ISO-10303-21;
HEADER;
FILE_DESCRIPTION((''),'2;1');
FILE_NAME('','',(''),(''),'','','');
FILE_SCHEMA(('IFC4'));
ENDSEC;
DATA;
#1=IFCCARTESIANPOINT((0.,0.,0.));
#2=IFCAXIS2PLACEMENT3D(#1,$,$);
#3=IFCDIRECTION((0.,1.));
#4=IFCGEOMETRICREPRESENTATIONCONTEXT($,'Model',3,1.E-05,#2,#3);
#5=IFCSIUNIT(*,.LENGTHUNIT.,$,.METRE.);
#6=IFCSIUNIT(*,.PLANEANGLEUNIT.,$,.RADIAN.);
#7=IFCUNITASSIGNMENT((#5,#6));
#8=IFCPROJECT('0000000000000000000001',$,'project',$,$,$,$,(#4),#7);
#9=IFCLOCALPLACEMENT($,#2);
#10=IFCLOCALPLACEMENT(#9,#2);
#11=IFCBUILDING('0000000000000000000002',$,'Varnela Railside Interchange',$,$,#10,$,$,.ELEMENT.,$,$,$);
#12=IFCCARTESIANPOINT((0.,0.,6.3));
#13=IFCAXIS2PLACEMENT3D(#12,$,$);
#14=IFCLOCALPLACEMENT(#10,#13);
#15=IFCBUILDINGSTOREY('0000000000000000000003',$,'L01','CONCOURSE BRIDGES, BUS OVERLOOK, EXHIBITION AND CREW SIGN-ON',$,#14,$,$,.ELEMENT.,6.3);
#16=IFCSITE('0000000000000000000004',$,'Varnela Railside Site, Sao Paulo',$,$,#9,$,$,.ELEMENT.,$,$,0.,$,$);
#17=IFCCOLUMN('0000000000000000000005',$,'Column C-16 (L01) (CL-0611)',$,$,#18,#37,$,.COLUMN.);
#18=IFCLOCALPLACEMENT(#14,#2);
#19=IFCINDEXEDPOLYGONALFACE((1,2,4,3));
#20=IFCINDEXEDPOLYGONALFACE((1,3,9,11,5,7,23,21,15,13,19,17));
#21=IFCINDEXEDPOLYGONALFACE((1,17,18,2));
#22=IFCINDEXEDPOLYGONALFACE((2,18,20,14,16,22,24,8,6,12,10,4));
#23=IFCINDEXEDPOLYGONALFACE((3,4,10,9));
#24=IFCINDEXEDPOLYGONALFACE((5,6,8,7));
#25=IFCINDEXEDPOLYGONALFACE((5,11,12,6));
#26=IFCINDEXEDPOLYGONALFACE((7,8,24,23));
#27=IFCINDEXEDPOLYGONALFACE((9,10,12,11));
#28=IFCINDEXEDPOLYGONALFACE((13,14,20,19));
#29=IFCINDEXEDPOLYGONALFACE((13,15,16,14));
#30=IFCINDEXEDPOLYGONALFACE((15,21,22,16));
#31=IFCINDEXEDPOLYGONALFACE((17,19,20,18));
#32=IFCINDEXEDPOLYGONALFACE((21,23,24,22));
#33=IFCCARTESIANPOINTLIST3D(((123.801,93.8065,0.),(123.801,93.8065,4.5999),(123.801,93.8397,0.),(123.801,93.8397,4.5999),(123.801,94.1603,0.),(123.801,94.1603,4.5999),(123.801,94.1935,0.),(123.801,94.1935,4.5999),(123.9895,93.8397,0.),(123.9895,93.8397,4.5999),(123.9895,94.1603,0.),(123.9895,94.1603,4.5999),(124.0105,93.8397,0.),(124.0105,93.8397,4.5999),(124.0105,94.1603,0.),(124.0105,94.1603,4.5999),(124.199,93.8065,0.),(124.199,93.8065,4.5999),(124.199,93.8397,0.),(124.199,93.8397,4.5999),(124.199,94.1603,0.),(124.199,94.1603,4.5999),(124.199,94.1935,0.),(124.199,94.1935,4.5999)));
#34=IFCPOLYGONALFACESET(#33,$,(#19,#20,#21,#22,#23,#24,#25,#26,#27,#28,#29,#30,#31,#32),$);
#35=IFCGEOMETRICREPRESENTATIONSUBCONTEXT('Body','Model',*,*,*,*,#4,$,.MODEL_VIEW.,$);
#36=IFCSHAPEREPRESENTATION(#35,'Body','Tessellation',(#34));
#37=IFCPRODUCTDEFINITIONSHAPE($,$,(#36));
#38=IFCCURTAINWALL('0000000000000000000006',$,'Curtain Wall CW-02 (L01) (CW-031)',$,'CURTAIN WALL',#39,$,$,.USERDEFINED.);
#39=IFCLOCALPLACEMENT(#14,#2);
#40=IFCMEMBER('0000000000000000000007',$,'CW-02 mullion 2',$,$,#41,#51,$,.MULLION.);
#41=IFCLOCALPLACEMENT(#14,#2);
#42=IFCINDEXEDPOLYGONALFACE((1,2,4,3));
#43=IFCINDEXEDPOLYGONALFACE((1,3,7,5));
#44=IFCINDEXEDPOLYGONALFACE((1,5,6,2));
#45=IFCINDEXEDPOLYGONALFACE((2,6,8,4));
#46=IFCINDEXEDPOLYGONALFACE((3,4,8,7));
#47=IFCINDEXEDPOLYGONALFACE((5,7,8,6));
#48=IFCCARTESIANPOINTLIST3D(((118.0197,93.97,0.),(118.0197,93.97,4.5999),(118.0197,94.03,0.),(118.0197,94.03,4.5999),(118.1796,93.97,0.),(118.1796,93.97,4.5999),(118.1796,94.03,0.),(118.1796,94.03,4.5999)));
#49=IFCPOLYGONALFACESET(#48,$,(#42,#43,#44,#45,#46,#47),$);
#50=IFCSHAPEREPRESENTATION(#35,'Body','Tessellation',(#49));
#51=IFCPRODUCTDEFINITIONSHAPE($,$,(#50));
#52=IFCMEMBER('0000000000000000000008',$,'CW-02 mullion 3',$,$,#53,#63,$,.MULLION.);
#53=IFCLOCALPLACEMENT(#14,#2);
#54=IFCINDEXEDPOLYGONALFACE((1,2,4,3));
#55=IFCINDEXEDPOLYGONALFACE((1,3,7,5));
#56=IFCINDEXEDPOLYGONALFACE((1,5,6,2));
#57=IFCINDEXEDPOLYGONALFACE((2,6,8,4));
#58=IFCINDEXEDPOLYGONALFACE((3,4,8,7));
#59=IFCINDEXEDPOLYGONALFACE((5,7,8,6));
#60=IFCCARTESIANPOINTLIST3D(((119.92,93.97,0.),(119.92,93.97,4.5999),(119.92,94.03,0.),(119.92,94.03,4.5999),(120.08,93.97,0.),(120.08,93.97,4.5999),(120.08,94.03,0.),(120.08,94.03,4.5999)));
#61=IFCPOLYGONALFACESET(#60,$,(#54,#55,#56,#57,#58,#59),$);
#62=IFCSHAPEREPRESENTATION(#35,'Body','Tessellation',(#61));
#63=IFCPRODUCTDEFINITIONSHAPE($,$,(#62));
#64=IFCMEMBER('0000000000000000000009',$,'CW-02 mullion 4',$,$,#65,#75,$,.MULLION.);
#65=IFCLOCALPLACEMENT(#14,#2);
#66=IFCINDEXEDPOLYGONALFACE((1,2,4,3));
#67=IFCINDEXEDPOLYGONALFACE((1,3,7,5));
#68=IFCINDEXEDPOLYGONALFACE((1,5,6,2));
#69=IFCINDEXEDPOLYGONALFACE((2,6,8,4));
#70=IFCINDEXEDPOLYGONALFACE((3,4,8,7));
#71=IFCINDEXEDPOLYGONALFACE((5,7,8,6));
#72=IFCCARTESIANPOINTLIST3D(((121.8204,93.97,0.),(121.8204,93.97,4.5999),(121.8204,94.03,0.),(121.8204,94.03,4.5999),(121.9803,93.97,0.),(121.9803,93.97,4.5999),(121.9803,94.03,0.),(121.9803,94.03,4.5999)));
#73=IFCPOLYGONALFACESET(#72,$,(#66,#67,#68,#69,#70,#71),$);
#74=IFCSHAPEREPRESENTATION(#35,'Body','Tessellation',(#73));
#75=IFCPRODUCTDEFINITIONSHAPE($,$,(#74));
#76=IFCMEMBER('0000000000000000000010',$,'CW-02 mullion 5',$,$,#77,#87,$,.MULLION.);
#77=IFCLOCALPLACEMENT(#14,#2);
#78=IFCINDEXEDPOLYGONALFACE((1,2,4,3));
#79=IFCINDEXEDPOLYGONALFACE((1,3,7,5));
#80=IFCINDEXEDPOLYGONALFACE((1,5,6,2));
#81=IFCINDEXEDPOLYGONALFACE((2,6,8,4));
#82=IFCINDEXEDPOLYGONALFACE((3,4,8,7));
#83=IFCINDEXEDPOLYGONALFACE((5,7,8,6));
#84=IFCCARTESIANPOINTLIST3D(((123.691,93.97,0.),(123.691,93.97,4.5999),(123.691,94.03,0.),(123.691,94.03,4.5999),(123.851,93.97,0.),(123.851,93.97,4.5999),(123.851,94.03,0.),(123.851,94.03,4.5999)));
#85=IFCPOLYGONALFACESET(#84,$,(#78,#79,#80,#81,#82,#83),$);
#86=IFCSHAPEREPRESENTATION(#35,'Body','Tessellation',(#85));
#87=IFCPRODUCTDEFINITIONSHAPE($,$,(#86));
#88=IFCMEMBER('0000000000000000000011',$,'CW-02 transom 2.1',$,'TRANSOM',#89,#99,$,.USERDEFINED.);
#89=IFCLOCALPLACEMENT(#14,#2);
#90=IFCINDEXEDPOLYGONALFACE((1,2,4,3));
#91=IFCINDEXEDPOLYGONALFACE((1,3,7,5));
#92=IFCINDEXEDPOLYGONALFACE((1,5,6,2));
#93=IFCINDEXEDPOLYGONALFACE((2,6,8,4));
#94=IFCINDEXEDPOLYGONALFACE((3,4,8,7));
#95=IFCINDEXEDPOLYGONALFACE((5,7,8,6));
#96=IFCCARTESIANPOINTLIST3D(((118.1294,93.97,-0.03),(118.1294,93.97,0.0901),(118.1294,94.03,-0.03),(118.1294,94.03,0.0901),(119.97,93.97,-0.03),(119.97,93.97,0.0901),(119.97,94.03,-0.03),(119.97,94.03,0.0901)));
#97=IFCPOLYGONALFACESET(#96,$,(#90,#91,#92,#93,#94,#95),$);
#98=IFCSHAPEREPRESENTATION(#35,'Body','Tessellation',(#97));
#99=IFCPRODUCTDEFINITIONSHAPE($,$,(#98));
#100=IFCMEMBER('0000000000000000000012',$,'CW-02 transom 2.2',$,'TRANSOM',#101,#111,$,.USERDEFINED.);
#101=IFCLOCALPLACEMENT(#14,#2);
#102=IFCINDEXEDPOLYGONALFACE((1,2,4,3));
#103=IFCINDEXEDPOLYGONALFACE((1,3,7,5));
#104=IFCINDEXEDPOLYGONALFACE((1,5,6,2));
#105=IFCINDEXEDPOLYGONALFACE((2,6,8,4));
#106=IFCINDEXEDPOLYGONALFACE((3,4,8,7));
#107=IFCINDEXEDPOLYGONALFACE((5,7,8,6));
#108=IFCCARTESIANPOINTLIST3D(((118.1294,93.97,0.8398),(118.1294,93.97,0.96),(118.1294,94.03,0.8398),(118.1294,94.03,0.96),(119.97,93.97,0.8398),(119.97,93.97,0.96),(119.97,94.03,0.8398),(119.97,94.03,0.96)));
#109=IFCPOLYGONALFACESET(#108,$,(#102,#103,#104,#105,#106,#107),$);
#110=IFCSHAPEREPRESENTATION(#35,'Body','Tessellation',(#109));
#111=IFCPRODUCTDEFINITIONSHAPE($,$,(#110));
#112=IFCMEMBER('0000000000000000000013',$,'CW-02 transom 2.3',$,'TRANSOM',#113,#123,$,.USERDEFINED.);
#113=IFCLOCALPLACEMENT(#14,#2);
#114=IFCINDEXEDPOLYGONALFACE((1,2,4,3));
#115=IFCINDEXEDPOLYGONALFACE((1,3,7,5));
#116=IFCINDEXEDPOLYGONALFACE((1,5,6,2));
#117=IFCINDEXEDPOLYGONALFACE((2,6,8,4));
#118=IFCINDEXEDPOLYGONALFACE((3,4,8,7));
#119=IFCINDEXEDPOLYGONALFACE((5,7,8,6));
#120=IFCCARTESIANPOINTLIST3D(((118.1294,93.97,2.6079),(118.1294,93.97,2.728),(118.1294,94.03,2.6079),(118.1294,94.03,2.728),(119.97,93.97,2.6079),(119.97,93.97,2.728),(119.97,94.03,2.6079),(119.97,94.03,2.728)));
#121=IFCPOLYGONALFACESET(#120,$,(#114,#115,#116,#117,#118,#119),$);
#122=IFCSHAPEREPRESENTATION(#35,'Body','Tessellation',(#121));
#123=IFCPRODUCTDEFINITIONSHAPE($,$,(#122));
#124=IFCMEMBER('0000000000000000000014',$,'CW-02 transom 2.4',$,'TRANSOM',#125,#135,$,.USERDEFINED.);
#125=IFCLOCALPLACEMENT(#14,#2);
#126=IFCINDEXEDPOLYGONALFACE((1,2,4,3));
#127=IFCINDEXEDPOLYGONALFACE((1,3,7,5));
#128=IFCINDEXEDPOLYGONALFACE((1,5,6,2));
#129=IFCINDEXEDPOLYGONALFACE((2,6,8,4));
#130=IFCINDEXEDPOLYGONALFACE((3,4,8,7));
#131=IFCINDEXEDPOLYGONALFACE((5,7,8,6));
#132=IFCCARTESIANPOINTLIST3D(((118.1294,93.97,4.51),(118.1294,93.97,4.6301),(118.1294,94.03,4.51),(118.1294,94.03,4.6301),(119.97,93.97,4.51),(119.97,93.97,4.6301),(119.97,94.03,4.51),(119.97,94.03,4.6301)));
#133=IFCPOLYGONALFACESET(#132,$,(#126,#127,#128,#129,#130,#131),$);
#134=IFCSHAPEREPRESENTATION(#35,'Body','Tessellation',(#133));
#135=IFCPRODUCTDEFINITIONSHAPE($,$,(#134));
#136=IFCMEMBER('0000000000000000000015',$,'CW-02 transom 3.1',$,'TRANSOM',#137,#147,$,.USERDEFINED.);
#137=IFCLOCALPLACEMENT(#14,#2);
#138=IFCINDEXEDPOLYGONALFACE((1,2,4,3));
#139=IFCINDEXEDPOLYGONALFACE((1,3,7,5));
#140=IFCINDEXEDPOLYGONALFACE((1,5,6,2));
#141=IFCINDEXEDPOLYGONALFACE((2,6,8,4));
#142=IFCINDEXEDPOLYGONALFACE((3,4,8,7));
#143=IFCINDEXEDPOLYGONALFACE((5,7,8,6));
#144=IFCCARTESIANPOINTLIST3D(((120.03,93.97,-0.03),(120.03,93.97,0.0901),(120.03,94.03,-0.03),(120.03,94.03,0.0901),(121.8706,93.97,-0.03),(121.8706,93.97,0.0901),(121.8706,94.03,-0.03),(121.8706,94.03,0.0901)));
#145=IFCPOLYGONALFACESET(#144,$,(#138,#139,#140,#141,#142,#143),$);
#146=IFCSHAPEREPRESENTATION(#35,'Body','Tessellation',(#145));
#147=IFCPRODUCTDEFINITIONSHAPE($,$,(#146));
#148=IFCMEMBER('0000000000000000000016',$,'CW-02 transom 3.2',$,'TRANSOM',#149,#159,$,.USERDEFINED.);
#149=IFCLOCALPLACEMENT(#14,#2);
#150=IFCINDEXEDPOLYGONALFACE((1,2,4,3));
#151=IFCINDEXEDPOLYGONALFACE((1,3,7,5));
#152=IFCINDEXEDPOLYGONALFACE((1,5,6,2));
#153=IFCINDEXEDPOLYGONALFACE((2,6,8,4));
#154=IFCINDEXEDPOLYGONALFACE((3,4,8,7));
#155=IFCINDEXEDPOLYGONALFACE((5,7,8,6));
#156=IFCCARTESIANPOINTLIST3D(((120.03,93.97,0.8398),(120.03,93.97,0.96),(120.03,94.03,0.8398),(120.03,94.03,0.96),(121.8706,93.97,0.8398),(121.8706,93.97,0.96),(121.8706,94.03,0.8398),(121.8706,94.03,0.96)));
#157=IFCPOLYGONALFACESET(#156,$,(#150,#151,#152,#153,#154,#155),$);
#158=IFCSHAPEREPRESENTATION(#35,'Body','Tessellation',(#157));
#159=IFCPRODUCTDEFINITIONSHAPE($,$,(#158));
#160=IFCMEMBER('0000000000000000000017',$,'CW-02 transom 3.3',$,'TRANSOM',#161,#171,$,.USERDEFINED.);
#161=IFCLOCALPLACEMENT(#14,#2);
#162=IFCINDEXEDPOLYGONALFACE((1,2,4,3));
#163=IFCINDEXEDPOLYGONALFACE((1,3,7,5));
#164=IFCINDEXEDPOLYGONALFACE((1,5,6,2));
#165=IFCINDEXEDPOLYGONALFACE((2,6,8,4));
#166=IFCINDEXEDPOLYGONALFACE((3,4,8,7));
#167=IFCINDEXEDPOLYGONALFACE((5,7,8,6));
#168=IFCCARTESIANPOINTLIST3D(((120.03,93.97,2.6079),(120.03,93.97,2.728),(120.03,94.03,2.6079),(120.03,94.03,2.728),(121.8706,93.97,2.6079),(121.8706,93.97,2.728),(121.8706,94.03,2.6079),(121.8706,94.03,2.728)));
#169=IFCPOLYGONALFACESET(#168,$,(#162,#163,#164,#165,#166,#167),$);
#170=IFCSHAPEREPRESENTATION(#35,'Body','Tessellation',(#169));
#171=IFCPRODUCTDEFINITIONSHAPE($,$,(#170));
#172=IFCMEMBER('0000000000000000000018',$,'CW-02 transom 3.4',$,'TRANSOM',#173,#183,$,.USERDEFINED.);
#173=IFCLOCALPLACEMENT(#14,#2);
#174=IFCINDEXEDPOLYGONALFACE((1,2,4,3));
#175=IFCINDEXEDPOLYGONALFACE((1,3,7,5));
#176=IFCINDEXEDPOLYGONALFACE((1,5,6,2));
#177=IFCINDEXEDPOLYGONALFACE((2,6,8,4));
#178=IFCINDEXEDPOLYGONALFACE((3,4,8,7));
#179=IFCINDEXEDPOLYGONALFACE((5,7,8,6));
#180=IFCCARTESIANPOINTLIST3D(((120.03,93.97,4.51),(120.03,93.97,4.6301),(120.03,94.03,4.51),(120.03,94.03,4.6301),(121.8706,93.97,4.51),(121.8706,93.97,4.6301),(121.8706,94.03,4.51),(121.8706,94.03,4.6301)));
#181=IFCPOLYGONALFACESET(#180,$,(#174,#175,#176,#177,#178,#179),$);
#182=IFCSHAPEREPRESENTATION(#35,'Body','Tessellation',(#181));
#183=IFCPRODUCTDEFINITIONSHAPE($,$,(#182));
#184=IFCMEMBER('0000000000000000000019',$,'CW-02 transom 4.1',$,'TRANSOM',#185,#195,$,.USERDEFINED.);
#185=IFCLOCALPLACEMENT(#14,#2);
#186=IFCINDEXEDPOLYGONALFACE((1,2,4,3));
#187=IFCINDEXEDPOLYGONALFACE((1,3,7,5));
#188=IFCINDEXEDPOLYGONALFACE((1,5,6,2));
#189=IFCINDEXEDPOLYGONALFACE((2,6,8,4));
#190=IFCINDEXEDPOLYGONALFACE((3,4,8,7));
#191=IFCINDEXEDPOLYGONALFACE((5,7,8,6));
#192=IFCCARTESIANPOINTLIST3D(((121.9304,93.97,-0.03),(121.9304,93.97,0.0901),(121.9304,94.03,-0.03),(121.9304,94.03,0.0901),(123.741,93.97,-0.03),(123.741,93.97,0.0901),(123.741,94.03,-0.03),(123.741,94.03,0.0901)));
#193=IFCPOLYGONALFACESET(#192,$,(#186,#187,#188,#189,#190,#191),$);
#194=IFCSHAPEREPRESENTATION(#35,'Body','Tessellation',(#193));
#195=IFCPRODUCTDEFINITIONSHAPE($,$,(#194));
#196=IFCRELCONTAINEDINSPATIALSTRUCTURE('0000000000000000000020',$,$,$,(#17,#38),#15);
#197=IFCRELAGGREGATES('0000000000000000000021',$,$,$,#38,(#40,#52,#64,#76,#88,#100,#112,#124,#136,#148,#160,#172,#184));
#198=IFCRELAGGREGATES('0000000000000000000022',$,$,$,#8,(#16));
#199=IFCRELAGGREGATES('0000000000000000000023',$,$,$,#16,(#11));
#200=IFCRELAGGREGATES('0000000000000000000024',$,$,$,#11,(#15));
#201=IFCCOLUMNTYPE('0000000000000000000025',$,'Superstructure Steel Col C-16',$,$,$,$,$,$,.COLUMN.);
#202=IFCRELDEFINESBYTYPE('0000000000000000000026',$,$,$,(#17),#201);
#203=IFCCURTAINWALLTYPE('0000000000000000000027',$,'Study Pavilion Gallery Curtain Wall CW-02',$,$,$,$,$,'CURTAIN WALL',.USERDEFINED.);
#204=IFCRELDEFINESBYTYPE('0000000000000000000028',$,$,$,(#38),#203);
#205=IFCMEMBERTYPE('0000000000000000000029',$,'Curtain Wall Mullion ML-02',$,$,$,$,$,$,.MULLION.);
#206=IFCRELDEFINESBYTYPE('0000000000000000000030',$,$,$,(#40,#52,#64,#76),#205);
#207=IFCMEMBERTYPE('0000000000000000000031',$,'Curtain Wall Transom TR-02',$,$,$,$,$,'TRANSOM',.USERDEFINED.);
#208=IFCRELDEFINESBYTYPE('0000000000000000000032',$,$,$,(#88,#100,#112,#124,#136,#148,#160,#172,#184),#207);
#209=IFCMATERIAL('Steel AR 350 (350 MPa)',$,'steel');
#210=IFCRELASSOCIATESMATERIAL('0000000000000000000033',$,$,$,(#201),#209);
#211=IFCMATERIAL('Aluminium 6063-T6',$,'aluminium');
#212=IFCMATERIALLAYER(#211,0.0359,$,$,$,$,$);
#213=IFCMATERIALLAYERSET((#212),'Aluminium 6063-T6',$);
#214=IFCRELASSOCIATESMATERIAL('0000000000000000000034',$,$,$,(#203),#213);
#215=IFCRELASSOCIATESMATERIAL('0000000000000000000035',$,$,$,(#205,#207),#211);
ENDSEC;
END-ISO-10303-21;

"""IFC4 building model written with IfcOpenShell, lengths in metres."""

from ifc_helpers import new_model, si_unit, direction, frame, origin, origin_2d, place, context, subcontext, project, spatial, rectangle, i_section, extrude, material, layer, layer_set, material_profile, profile_set, type_object, element, aggregate, save


model = new_model("IFC4")

# Units and contexts
model_context = context("Model", 3, precision=1e-05, world=origin(), true_north=direction((0.0, 1.0)))
body_context = subcontext(model_context, "Body", "Model", "MODEL_VIEW")
ifc_project = project(units=[si_unit("LENGTHUNIT", "METRE"), si_unit("PLANEANGLEUNIT", "RADIAN")], contexts=[model_context])

# Site, building, storey
site_placement = place(None, origin())
site = spatial("IfcSite", under=ifc_project, at=site_placement, Name="Varnela Railside Site, Sao Paulo", CompositionType="ELEMENT", RefElevation=0.0)
building_placement = place(site_placement, origin())
building = spatial("IfcBuilding", under=site, at=building_placement, Name="Varnela Railside Interchange", CompositionType="ELEMENT")
storey_placement = place(building_placement, frame((0.0, 0.0, 6.3)))
storey = spatial("IfcBuildingStorey", under=building, at=storey_placement, Name="L01", Description="CONCOURSE BRIDGES, BUS OVERLOOK, EXHIBITION AND CREW SIGN-ON", CompositionType="ELEMENT", Elevation=6.3)

# Column
ifc_material_1 = material(Name="Steel AR 350 (350 MPa)", Category="steel")
ifc_material_profile_1 = material_profile(ifc_material_1, i_section(OverallWidth=0.3979, OverallDepth=0.387, WebThickness=0.021, FlangeThickness=0.0332, at=origin_2d()), Name="W360x262")
ifc_profile_set_1 = profile_set([ifc_material_profile_1], Name="Steel AR 350 (350 MPa)")
column_type = type_object("IfcColumnType", Name="Superstructure Steel Col C-16", PredefinedType="COLUMN", material=ifc_profile_set_1)
column_placement = place(storey_placement, frame((124.0, 94.0, 0.0), z_axis=(0.0, 0.0, 1.0), x_axis=(1.0, 0.0, 0.0)))
element("IfcColumn", 1, at=column_placement, inside=storey, type_object=column_type, Name="Column C-16 (L01) (CL-0611)", PredefinedType="COLUMN", context=body_context, shape_type="SweptSolid", body=[
    extrude(i_section(OverallWidth=0.3979, OverallDepth=0.387, WebThickness=0.021, FlangeThickness=0.0332, at=origin_2d()), origin(), (0.0, 0.0, 1.0), 4.5999),
])

# Curtain wall, members
ifc_material_2 = material(Name="Aluminium 6063-T6", Category="aluminium")
ifc_layer_1 = layer(ifc_material_2, 0.0359)
ifc_layer_set_1 = layer_set([ifc_layer_1], Name="Aluminium 6063-T6")
curtain_wall_type = type_object("IfcCurtainWallType", Name="Study Pavilion Gallery Curtain Wall CW-02", ElementType="CURTAIN WALL", PredefinedType="USERDEFINED", material=ifc_layer_set_1)
curtain_wall_placement = place(storey_placement, origin())
curtain_wall = element("IfcCurtainWall", 2, at=curtain_wall_placement, inside=storey, type_object=curtain_wall_type, Name="Curtain Wall CW-02 (L01) (CW-031)", ObjectType="CURTAIN WALL", PredefinedType="USERDEFINED")
ifc_material_profile_2 = material_profile(ifc_material_2, rectangle(XDim=0.0601, YDim=0.1599, at=origin_2d()), Name="ALU 60x160")
ifc_profile_set_2 = profile_set([ifc_material_profile_2], Name="Aluminium 6063-T6")
member_type_1 = type_object("IfcMemberType", Name="Curtain Wall Mullion ML-02", PredefinedType="MULLION", material=ifc_profile_set_2)
member_1_placement = place(storey_placement, frame((118.0996, 94.0, 0.0), z_axis=(0.0, 0.0, 1.0), x_axis=(0.0, 1.0, 0.0)))
member_1 = element("IfcMember", 3, at=member_1_placement, type_object=member_type_1, Name="CW-02 mullion 2", PredefinedType="MULLION", context=body_context, shape_type="SweptSolid", body=[
    extrude(rectangle(XDim=0.0601, YDim=0.1599, at=origin_2d()), origin(), (0.0, 0.0, 1.0), 4.5999),
])
member_2_placement = place(storey_placement, frame((120.0, 94.0, 0.0), z_axis=(0.0, 0.0, 1.0), x_axis=(0.0, 1.0, 0.0)))
member_2 = element("IfcMember", 4, at=member_2_placement, type_object=member_type_1, Name="CW-02 mullion 3", PredefinedType="MULLION", context=body_context, shape_type="SweptSolid", body=[
    extrude(rectangle(XDim=0.0601, YDim=0.1599, at=origin_2d()), origin(), (0.0, 0.0, 1.0), 4.5999),
])
member_3_placement = place(storey_placement, frame((121.9004, 94.0, 0.0), z_axis=(0.0, 0.0, 1.0), x_axis=(0.0, 1.0, 0.0)))
member_3 = element("IfcMember", 5, at=member_3_placement, type_object=member_type_1, Name="CW-02 mullion 4", PredefinedType="MULLION", context=body_context, shape_type="SweptSolid", body=[
    extrude(rectangle(XDim=0.0601, YDim=0.1599, at=origin_2d()), origin(), (0.0, 0.0, 1.0), 4.5999),
])
member_4_placement = place(storey_placement, frame((123.771, 94.0, 0.0), z_axis=(0.0, 0.0, 1.0), x_axis=(0.0, 1.0, 0.0)))
member_4 = element("IfcMember", 6, at=member_4_placement, type_object=member_type_1, Name="CW-02 mullion 5", PredefinedType="MULLION", context=body_context, shape_type="SweptSolid", body=[
    extrude(rectangle(XDim=0.0601, YDim=0.1599, at=origin_2d()), origin(), (0.0, 0.0, 1.0), 4.5999),
])
ifc_material_profile_3 = material_profile(ifc_material_2, rectangle(XDim=0.0601, YDim=0.1201, at=origin_2d()), Name="ALU 60x120")
ifc_profile_set_3 = profile_set([ifc_material_profile_3], Name="Aluminium 6063-T6")
member_type_2 = type_object("IfcMemberType", Name="Curtain Wall Transom TR-02", ElementType="TRANSOM", PredefinedType="USERDEFINED", material=ifc_profile_set_3)
member_5_placement = place(storey_placement, frame((118.1294, 94.0, 0.03), z_axis=(1.0, 0.0, 0.0), x_axis=(0.0, 1.0, 0.0)))
member_5 = element("IfcMember", 7, at=member_5_placement, type_object=member_type_2, Name="CW-02 transom 2.1", ObjectType="TRANSOM", PredefinedType="USERDEFINED", context=body_context, shape_type="SweptSolid", body=[
    extrude(rectangle(XDim=0.0601, YDim=0.1201, at=origin_2d()), origin(), (0.0, 0.0, 1.0), 1.8406),
])
member_6_placement = place(storey_placement, frame((118.1294, 94.0, 0.8999), z_axis=(1.0, 0.0, 0.0), x_axis=(0.0, 1.0, 0.0)))
member_6 = element("IfcMember", 8, at=member_6_placement, type_object=member_type_2, Name="CW-02 transom 2.2", ObjectType="TRANSOM", PredefinedType="USERDEFINED", context=body_context, shape_type="SweptSolid", body=[
    extrude(rectangle(XDim=0.0601, YDim=0.1201, at=origin_2d()), origin(), (0.0, 0.0, 1.0), 1.8406),
])
member_7_placement = place(storey_placement, frame((118.1294, 94.0, 2.668), z_axis=(1.0, 0.0, 0.0), x_axis=(0.0, 1.0, 0.0)))
member_7 = element("IfcMember", 9, at=member_7_placement, type_object=member_type_2, Name="CW-02 transom 2.3", ObjectType="TRANSOM", PredefinedType="USERDEFINED", context=body_context, shape_type="SweptSolid", body=[
    extrude(rectangle(XDim=0.0601, YDim=0.1201, at=origin_2d()), origin(), (0.0, 0.0, 1.0), 1.8406),
])
member_8_placement = place(storey_placement, frame((118.1294, 94.0, 4.5701), z_axis=(1.0, 0.0, 0.0), x_axis=(0.0, 1.0, 0.0)))
member_8 = element("IfcMember", 10, at=member_8_placement, type_object=member_type_2, Name="CW-02 transom 2.4", ObjectType="TRANSOM", PredefinedType="USERDEFINED", context=body_context, shape_type="SweptSolid", body=[
    extrude(rectangle(XDim=0.0601, YDim=0.1201, at=origin_2d()), origin(), (0.0, 0.0, 1.0), 1.8406),
])
member_9_placement = place(storey_placement, frame((120.03, 94.0, 0.03), z_axis=(1.0, 0.0, 0.0), x_axis=(0.0, 1.0, 0.0)))
member_9 = element("IfcMember", 11, at=member_9_placement, type_object=member_type_2, Name="CW-02 transom 3.1", ObjectType="TRANSOM", PredefinedType="USERDEFINED", context=body_context, shape_type="SweptSolid", body=[
    extrude(rectangle(XDim=0.0601, YDim=0.1201, at=origin_2d()), origin(), (0.0, 0.0, 1.0), 1.8406),
])
member_10_placement = place(storey_placement, frame((120.03, 94.0, 0.8999), z_axis=(1.0, 0.0, 0.0), x_axis=(0.0, 1.0, 0.0)))
member_10 = element("IfcMember", 12, at=member_10_placement, type_object=member_type_2, Name="CW-02 transom 3.2", ObjectType="TRANSOM", PredefinedType="USERDEFINED", context=body_context, shape_type="SweptSolid", body=[
    extrude(rectangle(XDim=0.0601, YDim=0.1201, at=origin_2d()), origin(), (0.0, 0.0, 1.0), 1.8406),
])
member_11_placement = place(storey_placement, frame((120.03, 94.0, 2.668), z_axis=(1.0, 0.0, 0.0), x_axis=(0.0, 1.0, 0.0)))
member_11 = element("IfcMember", 13, at=member_11_placement, type_object=member_type_2, Name="CW-02 transom 3.3", ObjectType="TRANSOM", PredefinedType="USERDEFINED", context=body_context, shape_type="SweptSolid", body=[
    extrude(rectangle(XDim=0.0601, YDim=0.1201, at=origin_2d()), origin(), (0.0, 0.0, 1.0), 1.8406),
])
member_12_placement = place(storey_placement, frame((120.03, 94.0, 4.5701), z_axis=(1.0, 0.0, 0.0), x_axis=(0.0, 1.0, 0.0)))
member_12 = element("IfcMember", 14, at=member_12_placement, type_object=member_type_2, Name="CW-02 transom 3.4", ObjectType="TRANSOM", PredefinedType="USERDEFINED", context=body_context, shape_type="SweptSolid", body=[
    extrude(rectangle(XDim=0.0601, YDim=0.1201, at=origin_2d()), origin(), (0.0, 0.0, 1.0), 1.8406),
])
member_13_placement = place(storey_placement, frame((121.9304, 94.0, 0.03), z_axis=(1.0, 0.0, 0.0), x_axis=(0.0, 1.0, 0.0)))
member_13 = element("IfcMember", 15, at=member_13_placement, type_object=member_type_2, Name="CW-02 transom 4.1", ObjectType="TRANSOM", PredefinedType="USERDEFINED", context=body_context, shape_type="SweptSolid", body=[
    extrude(rectangle(XDim=0.0601, YDim=0.1201, at=origin_2d()), origin(), (0.0, 0.0, 1.0), 1.8105),
])
aggregate(curtain_wall, [member_1, member_2, member_3, member_4, member_5, member_6, member_7, member_8, member_9, member_10, member_11, member_12, member_13])

save(model, "model.ifc")
